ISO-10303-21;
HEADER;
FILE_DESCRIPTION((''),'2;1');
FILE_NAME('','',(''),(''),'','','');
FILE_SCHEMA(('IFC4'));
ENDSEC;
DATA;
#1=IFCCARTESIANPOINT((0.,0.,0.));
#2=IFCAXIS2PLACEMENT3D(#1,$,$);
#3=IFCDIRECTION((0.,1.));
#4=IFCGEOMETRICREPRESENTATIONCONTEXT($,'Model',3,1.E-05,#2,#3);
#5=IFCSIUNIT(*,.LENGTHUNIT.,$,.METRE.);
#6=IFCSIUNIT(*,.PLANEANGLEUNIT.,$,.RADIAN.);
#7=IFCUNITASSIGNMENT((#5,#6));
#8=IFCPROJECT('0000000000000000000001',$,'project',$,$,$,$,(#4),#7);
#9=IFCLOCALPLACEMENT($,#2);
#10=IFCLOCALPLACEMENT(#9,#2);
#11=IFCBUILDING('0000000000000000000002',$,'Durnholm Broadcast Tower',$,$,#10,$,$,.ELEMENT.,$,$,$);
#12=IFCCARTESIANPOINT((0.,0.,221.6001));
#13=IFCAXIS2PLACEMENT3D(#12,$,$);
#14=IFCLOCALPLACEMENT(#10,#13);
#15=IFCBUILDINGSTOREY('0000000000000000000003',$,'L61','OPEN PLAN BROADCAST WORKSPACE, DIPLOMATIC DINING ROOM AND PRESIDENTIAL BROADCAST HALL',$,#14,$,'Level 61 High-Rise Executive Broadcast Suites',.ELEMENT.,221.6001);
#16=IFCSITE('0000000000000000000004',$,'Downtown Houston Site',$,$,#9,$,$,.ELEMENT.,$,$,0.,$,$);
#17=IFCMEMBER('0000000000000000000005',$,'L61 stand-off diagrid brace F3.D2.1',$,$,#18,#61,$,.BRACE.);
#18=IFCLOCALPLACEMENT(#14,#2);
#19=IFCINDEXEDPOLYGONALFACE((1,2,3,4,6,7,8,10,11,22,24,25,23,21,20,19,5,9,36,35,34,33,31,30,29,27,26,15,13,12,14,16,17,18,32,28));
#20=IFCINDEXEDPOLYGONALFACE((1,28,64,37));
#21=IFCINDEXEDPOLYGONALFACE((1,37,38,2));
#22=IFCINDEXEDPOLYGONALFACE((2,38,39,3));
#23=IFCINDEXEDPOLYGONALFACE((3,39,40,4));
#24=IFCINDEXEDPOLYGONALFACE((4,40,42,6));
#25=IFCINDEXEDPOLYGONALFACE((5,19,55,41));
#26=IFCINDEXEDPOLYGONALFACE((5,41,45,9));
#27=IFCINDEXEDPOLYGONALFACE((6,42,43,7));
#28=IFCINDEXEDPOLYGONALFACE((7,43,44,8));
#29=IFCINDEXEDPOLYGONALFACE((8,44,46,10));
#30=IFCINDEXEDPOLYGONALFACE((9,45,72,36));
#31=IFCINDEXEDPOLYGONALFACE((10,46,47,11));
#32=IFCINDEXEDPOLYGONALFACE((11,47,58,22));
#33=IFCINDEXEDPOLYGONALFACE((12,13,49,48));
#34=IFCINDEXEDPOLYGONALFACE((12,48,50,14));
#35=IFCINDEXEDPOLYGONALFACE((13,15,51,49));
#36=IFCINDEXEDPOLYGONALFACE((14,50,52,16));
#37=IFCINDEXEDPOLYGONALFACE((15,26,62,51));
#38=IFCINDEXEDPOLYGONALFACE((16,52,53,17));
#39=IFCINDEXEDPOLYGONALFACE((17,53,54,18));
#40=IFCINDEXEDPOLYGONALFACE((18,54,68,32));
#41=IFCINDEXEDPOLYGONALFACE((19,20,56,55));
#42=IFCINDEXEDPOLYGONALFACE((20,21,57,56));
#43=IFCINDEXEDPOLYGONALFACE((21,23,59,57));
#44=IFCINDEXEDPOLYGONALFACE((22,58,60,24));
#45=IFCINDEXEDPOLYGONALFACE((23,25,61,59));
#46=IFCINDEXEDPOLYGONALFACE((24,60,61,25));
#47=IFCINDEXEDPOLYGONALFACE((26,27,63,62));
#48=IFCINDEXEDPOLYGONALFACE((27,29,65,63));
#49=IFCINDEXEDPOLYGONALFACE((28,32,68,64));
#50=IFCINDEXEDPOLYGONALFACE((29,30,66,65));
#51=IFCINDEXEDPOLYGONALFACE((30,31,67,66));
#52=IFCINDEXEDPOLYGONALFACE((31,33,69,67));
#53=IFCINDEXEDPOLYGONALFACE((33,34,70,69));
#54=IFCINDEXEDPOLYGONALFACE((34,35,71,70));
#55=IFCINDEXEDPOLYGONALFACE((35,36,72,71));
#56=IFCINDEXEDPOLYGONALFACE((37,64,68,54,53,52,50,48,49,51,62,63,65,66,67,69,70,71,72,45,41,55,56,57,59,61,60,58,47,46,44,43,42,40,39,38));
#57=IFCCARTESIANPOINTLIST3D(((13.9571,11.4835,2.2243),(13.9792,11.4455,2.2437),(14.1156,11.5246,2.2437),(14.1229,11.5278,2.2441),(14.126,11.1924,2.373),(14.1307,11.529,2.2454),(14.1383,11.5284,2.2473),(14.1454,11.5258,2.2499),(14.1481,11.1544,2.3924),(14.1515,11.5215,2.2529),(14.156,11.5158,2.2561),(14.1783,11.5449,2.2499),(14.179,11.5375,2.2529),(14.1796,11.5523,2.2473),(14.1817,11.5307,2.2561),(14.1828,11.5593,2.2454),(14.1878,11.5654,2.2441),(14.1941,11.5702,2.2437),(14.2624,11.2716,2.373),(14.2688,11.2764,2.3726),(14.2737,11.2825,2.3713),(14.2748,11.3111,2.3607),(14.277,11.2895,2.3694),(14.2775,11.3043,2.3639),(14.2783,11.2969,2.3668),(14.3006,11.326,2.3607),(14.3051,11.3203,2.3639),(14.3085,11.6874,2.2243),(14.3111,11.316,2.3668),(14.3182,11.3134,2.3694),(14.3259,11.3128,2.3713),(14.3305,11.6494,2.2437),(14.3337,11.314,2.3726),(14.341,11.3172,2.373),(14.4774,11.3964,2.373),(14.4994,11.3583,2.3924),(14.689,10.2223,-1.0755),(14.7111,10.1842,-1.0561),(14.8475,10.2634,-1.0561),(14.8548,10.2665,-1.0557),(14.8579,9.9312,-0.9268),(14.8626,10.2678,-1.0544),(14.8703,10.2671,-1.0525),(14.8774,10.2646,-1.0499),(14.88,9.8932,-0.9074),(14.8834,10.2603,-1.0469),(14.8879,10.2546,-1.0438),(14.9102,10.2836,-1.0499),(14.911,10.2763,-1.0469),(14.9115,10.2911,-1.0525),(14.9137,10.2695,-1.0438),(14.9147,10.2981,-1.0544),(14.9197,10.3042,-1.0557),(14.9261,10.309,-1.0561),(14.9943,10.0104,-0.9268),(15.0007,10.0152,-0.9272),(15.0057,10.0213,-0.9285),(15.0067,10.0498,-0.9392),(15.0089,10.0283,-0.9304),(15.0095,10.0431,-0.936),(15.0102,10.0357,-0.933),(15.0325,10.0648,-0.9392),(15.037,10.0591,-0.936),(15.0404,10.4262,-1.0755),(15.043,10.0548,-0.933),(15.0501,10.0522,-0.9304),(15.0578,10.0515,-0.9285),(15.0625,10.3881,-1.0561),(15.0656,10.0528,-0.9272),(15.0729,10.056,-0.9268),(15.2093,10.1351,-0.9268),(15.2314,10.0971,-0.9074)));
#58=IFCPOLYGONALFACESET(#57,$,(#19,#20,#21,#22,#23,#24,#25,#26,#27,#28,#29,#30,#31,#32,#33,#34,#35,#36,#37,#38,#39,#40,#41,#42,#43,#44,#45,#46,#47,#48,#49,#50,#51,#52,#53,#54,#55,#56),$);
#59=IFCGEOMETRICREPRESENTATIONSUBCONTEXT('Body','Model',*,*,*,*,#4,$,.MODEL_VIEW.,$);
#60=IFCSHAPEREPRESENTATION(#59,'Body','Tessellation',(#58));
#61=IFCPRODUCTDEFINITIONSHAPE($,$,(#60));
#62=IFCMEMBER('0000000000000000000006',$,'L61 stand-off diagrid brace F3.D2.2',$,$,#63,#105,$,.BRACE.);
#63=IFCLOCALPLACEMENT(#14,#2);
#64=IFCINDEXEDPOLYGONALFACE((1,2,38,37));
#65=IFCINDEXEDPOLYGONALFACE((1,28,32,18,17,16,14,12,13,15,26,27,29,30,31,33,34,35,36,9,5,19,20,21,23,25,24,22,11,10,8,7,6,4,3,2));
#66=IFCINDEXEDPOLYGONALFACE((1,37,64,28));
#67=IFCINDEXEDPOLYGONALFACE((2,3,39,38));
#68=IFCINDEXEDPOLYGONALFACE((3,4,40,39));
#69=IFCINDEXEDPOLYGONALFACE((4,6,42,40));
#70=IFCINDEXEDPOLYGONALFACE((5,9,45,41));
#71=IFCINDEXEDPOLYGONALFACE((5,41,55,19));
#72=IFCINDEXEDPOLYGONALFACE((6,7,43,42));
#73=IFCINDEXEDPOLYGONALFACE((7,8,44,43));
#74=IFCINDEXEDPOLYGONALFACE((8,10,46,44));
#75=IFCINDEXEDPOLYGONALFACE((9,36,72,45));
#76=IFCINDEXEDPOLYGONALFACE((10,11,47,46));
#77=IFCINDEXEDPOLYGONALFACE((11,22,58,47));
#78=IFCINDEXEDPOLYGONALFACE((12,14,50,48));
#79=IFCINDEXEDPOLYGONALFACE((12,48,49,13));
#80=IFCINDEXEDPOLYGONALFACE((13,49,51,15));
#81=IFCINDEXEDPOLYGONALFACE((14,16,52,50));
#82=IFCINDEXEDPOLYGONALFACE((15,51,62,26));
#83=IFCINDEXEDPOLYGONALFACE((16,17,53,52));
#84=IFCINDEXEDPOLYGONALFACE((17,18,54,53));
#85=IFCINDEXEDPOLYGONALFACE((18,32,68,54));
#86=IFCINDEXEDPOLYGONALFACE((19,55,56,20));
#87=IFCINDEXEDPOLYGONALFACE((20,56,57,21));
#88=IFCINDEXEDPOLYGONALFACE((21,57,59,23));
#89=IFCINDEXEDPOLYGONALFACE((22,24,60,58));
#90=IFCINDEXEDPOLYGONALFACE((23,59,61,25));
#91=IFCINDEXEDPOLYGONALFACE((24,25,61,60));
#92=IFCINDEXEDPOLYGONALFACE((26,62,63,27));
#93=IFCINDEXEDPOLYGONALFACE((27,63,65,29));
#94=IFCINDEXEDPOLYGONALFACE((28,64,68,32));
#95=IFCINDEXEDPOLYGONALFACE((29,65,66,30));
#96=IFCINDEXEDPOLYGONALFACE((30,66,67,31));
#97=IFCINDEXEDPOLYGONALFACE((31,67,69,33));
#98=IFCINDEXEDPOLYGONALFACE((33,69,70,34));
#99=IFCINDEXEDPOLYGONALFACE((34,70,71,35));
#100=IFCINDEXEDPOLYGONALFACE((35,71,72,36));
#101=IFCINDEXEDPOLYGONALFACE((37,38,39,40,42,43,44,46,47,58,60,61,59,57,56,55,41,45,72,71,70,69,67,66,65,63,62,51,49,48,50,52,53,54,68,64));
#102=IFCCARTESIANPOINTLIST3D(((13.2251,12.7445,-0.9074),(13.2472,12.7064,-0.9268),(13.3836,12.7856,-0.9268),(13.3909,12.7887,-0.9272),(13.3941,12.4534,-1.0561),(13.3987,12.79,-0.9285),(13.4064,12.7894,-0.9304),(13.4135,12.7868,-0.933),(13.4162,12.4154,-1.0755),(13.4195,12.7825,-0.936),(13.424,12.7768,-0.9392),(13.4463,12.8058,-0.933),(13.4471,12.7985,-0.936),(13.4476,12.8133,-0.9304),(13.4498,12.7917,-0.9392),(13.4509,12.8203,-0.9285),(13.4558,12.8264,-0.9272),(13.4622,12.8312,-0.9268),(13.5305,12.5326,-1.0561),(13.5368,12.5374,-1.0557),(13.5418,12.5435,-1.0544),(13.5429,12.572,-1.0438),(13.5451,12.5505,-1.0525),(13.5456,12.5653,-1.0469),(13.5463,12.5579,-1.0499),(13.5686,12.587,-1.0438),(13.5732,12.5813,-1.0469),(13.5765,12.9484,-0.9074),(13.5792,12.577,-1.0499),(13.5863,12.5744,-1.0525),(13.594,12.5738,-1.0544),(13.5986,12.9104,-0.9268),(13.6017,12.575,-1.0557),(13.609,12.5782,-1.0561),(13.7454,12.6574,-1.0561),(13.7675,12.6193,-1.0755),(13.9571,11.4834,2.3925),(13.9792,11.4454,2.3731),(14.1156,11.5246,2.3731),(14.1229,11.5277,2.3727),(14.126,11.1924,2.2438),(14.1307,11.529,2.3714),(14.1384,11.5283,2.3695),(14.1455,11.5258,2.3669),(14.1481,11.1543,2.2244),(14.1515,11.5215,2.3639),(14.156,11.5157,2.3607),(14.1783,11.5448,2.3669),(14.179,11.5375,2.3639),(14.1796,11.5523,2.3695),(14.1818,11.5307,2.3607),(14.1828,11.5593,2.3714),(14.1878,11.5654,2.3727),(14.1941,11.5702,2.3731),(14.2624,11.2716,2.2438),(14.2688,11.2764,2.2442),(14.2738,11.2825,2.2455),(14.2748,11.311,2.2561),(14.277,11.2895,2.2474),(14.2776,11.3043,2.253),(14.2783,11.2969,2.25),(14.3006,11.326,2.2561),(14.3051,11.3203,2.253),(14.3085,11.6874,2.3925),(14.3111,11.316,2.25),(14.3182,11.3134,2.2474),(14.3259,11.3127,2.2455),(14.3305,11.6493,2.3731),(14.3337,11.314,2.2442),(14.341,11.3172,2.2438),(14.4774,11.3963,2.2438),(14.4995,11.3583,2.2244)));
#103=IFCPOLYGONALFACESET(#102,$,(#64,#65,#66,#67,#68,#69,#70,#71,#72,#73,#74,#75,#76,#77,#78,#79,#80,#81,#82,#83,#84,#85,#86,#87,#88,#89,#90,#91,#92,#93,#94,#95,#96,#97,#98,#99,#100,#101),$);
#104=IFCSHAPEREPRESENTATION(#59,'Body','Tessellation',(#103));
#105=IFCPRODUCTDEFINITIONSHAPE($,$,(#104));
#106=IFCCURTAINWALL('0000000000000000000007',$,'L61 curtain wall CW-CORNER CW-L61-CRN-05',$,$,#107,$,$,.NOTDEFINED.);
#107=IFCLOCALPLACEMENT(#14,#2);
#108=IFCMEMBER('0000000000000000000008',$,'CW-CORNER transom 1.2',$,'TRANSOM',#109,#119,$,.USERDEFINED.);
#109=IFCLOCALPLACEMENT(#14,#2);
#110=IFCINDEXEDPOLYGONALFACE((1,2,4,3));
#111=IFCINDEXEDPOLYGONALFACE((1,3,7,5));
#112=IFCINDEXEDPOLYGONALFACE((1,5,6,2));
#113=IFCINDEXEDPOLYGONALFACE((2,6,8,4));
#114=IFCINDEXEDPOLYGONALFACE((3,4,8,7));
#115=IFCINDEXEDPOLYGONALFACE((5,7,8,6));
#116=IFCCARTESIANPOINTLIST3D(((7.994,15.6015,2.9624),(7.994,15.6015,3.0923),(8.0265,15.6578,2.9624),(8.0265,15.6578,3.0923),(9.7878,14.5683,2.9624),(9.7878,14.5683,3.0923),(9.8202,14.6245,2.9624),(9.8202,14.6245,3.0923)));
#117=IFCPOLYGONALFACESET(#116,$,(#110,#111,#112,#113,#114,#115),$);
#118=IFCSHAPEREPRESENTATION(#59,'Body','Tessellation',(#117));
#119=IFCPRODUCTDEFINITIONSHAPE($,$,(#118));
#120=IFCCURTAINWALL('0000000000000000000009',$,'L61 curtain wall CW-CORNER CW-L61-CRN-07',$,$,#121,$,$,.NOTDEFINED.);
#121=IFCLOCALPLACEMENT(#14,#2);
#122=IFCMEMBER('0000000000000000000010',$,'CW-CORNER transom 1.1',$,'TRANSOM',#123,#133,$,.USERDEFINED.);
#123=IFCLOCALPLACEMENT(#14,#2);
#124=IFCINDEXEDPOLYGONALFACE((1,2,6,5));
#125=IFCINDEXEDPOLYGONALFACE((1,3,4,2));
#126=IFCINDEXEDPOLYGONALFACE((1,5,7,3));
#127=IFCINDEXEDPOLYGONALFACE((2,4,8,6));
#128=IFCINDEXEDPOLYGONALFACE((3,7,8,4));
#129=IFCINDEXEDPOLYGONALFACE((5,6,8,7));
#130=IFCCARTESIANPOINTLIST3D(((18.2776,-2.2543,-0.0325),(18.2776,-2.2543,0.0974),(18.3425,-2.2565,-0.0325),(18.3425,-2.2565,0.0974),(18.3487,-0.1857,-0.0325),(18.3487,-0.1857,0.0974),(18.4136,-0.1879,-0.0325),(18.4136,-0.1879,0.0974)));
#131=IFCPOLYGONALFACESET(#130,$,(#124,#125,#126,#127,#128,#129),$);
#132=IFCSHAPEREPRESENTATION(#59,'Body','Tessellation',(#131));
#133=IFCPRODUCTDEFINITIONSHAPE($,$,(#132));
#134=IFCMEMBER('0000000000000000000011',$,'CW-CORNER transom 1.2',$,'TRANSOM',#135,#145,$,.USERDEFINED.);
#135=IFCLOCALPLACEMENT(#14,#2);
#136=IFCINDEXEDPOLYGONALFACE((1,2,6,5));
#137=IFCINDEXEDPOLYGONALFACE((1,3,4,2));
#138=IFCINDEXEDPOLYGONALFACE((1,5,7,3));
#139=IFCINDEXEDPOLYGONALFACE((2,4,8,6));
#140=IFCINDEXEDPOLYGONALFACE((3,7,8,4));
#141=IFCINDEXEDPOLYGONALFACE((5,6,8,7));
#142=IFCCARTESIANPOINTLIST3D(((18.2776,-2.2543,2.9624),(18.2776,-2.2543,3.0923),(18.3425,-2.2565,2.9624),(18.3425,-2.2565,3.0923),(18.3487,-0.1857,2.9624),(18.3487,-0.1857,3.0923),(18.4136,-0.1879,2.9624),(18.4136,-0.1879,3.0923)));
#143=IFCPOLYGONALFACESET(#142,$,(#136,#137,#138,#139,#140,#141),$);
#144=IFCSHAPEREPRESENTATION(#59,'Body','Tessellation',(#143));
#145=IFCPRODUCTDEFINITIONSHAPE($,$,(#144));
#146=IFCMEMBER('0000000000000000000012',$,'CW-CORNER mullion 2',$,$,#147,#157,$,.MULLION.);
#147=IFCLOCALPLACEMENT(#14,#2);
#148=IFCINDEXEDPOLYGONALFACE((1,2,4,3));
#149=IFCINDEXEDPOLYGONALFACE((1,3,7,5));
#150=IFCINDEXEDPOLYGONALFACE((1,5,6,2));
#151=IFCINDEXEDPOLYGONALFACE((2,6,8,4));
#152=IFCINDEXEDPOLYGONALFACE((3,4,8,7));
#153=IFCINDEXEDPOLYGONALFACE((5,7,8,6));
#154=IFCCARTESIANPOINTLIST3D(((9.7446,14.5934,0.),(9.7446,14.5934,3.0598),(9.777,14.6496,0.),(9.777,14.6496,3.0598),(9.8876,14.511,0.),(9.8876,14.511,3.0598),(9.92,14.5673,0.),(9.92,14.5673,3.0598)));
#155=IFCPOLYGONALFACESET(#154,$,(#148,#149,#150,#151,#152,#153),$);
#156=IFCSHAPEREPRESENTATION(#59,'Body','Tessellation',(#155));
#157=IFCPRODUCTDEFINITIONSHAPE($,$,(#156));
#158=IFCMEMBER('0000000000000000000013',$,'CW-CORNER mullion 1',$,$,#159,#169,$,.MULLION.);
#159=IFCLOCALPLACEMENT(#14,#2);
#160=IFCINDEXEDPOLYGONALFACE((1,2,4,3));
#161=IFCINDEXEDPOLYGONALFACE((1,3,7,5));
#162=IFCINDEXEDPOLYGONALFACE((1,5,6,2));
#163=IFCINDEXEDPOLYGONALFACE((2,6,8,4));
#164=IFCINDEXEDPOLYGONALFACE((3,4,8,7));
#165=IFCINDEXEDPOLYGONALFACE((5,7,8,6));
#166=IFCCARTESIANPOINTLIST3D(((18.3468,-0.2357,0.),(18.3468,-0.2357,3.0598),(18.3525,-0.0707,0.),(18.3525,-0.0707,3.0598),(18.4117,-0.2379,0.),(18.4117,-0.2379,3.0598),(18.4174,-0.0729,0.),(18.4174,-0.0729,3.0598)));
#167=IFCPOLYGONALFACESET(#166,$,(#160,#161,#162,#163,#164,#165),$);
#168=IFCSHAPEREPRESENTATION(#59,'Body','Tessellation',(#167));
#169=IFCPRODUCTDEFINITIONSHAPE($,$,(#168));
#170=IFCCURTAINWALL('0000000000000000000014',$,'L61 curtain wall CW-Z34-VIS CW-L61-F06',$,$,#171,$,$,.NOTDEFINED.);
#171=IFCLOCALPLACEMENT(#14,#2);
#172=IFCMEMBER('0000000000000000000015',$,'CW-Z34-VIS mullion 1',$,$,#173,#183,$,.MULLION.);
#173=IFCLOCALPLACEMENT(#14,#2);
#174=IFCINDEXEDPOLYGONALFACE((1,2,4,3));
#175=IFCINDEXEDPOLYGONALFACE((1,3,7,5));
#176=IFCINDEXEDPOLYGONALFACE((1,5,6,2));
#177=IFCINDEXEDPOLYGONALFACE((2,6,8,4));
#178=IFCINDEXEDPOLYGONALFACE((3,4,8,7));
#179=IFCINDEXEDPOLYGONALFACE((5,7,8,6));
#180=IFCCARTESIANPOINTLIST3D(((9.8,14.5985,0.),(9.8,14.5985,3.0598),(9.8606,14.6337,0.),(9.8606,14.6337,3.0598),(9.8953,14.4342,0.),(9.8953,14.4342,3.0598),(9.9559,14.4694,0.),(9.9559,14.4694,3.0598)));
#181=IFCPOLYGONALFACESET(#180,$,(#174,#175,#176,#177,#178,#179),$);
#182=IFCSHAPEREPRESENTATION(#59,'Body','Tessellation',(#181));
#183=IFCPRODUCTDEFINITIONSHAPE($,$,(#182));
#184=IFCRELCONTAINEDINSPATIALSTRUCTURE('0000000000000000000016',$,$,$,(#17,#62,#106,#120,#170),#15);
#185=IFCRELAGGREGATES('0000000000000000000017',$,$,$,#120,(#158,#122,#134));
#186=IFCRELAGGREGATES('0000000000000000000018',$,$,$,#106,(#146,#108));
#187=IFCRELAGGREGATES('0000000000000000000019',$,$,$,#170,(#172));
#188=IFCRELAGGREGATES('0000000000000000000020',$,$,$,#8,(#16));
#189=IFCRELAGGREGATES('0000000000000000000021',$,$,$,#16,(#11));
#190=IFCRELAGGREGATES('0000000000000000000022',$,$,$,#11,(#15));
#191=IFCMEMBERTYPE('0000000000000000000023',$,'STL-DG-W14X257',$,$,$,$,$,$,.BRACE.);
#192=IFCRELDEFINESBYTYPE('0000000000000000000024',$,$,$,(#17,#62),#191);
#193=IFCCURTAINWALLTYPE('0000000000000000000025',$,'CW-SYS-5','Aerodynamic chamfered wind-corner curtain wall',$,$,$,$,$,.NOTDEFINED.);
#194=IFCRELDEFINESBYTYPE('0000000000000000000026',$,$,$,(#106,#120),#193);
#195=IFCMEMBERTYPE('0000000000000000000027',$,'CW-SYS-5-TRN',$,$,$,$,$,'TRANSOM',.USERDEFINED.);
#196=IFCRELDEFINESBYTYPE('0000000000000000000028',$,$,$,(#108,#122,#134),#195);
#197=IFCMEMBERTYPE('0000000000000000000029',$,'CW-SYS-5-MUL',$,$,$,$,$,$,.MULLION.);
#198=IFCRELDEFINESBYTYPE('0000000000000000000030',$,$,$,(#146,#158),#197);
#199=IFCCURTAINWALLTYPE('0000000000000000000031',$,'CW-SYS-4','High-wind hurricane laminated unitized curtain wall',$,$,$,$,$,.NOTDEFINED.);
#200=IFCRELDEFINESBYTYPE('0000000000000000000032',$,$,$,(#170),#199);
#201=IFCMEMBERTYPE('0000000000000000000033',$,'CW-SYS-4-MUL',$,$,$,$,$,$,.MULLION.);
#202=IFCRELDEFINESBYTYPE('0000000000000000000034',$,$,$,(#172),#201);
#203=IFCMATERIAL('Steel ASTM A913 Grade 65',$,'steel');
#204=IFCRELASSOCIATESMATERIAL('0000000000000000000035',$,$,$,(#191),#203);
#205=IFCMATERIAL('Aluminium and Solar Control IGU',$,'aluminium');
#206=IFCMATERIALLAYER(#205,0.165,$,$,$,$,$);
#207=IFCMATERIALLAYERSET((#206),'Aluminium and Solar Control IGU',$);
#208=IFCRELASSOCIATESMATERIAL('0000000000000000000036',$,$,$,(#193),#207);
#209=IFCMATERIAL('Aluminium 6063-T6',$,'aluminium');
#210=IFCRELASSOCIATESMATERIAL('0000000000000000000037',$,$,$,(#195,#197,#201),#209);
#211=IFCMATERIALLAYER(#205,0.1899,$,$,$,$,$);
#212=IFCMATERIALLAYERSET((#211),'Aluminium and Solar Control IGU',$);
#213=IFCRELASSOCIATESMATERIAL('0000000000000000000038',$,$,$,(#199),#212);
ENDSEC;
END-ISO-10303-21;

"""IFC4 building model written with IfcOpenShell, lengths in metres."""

from ifc_helpers import new_model, si_unit, direction, frame, origin, origin_2d, place, context, subcontext, project, spatial, rectangle, i_section, extrude, source, transform, mapped, material, layer, layer_set, material_profile, profile_set, type_object, type_shapes, element, aggregate, save


model = new_model("IFC4")

# Units and contexts
model_context = context("Model", 3, precision=1e-05, world=origin(), true_north=direction((0.0, 1.0)))
body_context = subcontext(model_context, "Body", "Model", "MODEL_VIEW")
ifc_project = project(units=[si_unit("LENGTHUNIT", "METRE"), si_unit("PLANEANGLEUNIT", "RADIAN")], contexts=[model_context])

# Site, building, storey
site_placement = place(None, origin())
site = spatial("IfcSite", under=ifc_project, at=site_placement, Name="Downtown Houston Site", CompositionType="ELEMENT", RefElevation=0.0)
building_placement = place(site_placement, origin())
building = spatial("IfcBuilding", under=site, at=building_placement, Name="Durnholm Broadcast Tower", CompositionType="ELEMENT")
storey_placement = place(building_placement, frame((0.0, 0.0, 221.6001)))
storey = spatial("IfcBuildingStorey", under=building, at=storey_placement, Name="L61", Description="OPEN PLAN BROADCAST WORKSPACE, DIPLOMATIC DINING ROOM AND PRESIDENTIAL BROADCAST HALL", LongName="Level 61 High-Rise Executive Broadcast Suites", CompositionType="ELEMENT", Elevation=221.6001)

# Members
ifc_material_1 = material(Name="Steel ASTM A913 Grade 65", Category="steel")
ifc_material_profile_1 = material_profile(ifc_material_1, i_section(OverallWidth=0.4062, OverallDepth=0.416, WebThickness=0.0298, FlangeThickness=0.0481, FilletRadius=0.0305, at=origin_2d()), Name="W14X257")
ifc_profile_set_1 = profile_set([ifc_material_profile_1], Name="Steel ASTM A913 Grade 65")
member_type_1 = type_object("IfcMemberType", Name="STL-DG-W14X257", PredefinedType="BRACE", material=ifc_profile_set_1)
shared_shape_1 = source(origin(), body_context, "Body", "SweptSolid", [
    extrude(i_section(OverallWidth=0.4062, OverallDepth=0.416, WebThickness=0.0298, FlangeThickness=0.0481, FilletRadius=0.0305, at=origin_2d()), origin(), (0.0, 0.0, 1.0), 3.6077),
])
type_shapes(member_type_1, [shared_shape_1])
for number, where, z_axis, x_axis, name in (
    (1, (14.9602, 10.1597, -0.9915), (-0.202884, 0.349599, 0.914669), (-0.864906, -0.501934, 0.0), "L61 stand-off diagrid brace F3.D2.1"),
    (2, (13.4963, 12.6819, -0.9915), (0.202889, -0.349539, 0.91469), (0.864864, 0.502006, 0.0), "L61 stand-off diagrid brace F3.D2.2"),
):
    element("IfcMember", number, at=place(storey_placement, frame(where, z_axis=z_axis, x_axis=x_axis)), inside=storey, type_object=member_type_1, Name=name, PredefinedType="BRACE", context=body_context, shape_type="MappedRepresentation", body=[
        mapped(shared_shape_1, transform((0.0, 0.0, 0.0), x_axis=(1.0, 0.0, 0.0), y_axis=(0.0, 1.0, 0.0), z_axis=(0.0, 0.0, 1.0), scale=1.0)),
    ])

# Curtain wall, member
ifc_material_2 = material(Name="Aluminium and Solar Control IGU", Category="aluminium")
ifc_layer_1 = layer(ifc_material_2, 0.165)
ifc_layer_set_1 = layer_set([ifc_layer_1], Name="Aluminium and Solar Control IGU")
curtain_wall_type_1 = type_object("IfcCurtainWallType", Name="CW-SYS-5", Description="Aerodynamic chamfered wind-corner curtain wall", PredefinedType="NOTDEFINED", material=ifc_layer_set_1)
curtain_wall_1_placement = place(storey_placement, origin())
curtain_wall_1 = element("IfcCurtainWall", 3, at=curtain_wall_1_placement, inside=storey, type_object=curtain_wall_type_1, Name="L61 curtain wall CW-CORNER CW-L61-CRN-05", PredefinedType="NOTDEFINED")
ifc_material_3 = material(Name="Aluminium 6063-T6", Category="aluminium")
ifc_material_profile_2 = material_profile(ifc_material_3, rectangle(XDim=0.0649, YDim=0.1299, at=origin_2d()), Name="CWT65X130")
ifc_profile_set_2 = profile_set([ifc_material_profile_2], Name="Aluminium 6063-T6")
member_type_2 = type_object("IfcMemberType", Name="CW-SYS-5-TRN", ElementType="TRANSOM", PredefinedType="USERDEFINED", material=ifc_profile_set_2)
shared_shape_2 = source(origin(), body_context, "Body", "SweptSolid", [
    extrude(rectangle(XDim=0.0649, YDim=0.1299, at=origin_2d()), origin(), (0.0, 0.0, 1.0), 2.0701),
])
member_1_placement = place(storey_placement, frame((8.0103, 15.6296, 3.0273), z_axis=(0.866525, -0.499134, 0.0), x_axis=(0.499134, 0.866525, 0.0)))
member_1 = element("IfcMember", 4, at=member_1_placement, type_object=member_type_2, Name="CW-CORNER transom 1.2", ObjectType="TRANSOM", PredefinedType="USERDEFINED", context=body_context, shape_type="MappedRepresentation", body=[
    mapped(shared_shape_2, transform((0.0, 0.0, 0.0), x_axis=(1.0, 0.0, 0.0), y_axis=(0.0, 1.0, 0.0), z_axis=(0.0, 0.0, 1.0), scale=1.0)),
])

# Curtain wall, members
curtain_wall_2_placement = place(storey_placement, origin())
curtain_wall_2 = element("IfcCurtainWall", 5, at=curtain_wall_2_placement, inside=storey, type_object=curtain_wall_type_1, Name="L61 curtain wall CW-CORNER CW-L61-CRN-07", PredefinedType="NOTDEFINED")
shared_shape_3 = source(origin(), body_context, "Body", "SweptSolid", [
    extrude(rectangle(XDim=0.0649, YDim=0.1299, at=origin_2d()), origin(), (0.0, 0.0, 1.0), 2.0698),
])
type_shapes(member_type_2, [shared_shape_2, shared_shape_3])
member_2_placement = place(storey_placement, frame((18.3811, -0.1868, 0.0325), z_axis=(-0.034324, -0.999411, 0.0), x_axis=(0.999411, -0.034324, 0.0)))
member_2 = element("IfcMember", 6, at=member_2_placement, type_object=member_type_2, Name="CW-CORNER transom 1.1", ObjectType="TRANSOM", PredefinedType="USERDEFINED", context=body_context, shape_type="MappedRepresentation", body=[
    mapped(shared_shape_3, transform((0.0, 0.0, 0.0), x_axis=(1.0, 0.0, 0.0), y_axis=(0.0, 1.0, 0.0), z_axis=(0.0, 0.0, 1.0), scale=1.0)),
])
member_3_placement = place(storey_placement, frame((18.3811, -0.1868, 3.0273), z_axis=(-0.034324, -0.999411, 0.0), x_axis=(0.999411, -0.034324, 0.0)))
member_3 = element("IfcMember", 7, at=member_3_placement, type_object=member_type_2, Name="CW-CORNER transom 1.2", ObjectType="TRANSOM", PredefinedType="USERDEFINED", context=body_context, shape_type="MappedRepresentation", body=[
    mapped(shared_shape_3, transform((0.0, 0.0, 0.0), x_axis=(1.0, 0.0, 0.0), y_axis=(0.0, 1.0, 0.0), z_axis=(0.0, 0.0, 1.0), scale=1.0)),
])

# Members
ifc_material_profile_3 = material_profile(ifc_material_3, rectangle(XDim=0.0649, YDim=0.165, at=origin_2d()), Name="CWM65X165")
ifc_profile_set_3 = profile_set([ifc_material_profile_3], Name="Aluminium 6063-T6")
member_type_3 = type_object("IfcMemberType", Name="CW-SYS-5-MUL", PredefinedType="MULLION", material=ifc_profile_set_3)
shared_shape_4 = source(origin(), body_context, "Body", "SweptSolid", [
    extrude(rectangle(XDim=0.0649, YDim=0.165, at=origin_2d()), origin(), (0.0, 0.0, 1.0), 3.0598),
])
type_shapes(member_type_3, [shared_shape_4])
member_4_placement = place(storey_placement, frame((9.8323, 14.5803, 0.0), z_axis=(0.0, 0.0, 1.0), x_axis=(0.499059, 0.866568, 0.0)))
member_4 = element("IfcMember", 8, at=member_4_placement, type_object=member_type_3, Name="CW-CORNER mullion 2", PredefinedType="MULLION", context=body_context, shape_type="MappedRepresentation", body=[
    mapped(shared_shape_4, transform((0.0, 0.0, 0.0), x_axis=(1.0, 0.0, 0.0), y_axis=(0.0, 1.0, 0.0), z_axis=(0.0, 0.0, 1.0), scale=1.0)),
])
member_5_placement = place(storey_placement, frame((18.3821, -0.1543, 0.0), z_axis=(0.0, 0.0, 1.0), x_axis=(0.999411, -0.034318, 0.0)))
member_5 = element("IfcMember", 9, at=member_5_placement, type_object=member_type_3, Name="CW-CORNER mullion 1", PredefinedType="MULLION", context=body_context, shape_type="MappedRepresentation", body=[
    mapped(shared_shape_4, transform((0.0, 0.0, 0.0), x_axis=(1.0, 0.0, 0.0), y_axis=(0.0, 1.0, 0.0), z_axis=(0.0, 0.0, 1.0), scale=1.0)),
])
aggregate(curtain_wall_2, [member_5, member_2, member_3])

# Curtain wall, member
ifc_layer_2 = layer(ifc_material_2, 0.1899)
ifc_layer_set_2 = layer_set([ifc_layer_2], Name="Aluminium and Solar Control IGU")
curtain_wall_type_2 = type_object("IfcCurtainWallType", Name="CW-SYS-4", Description="High-wind hurricane laminated unitized curtain wall", PredefinedType="NOTDEFINED", material=ifc_layer_set_2)
curtain_wall_3_placement = place(storey_placement, origin())
curtain_wall_3 = element("IfcCurtainWall", 10, at=curtain_wall_3_placement, inside=storey, type_object=curtain_wall_type_2, Name="L61 curtain wall CW-Z34-VIS CW-L61-F06", PredefinedType="NOTDEFINED")
ifc_material_profile_4 = material_profile(ifc_material_3, rectangle(XDim=0.0701, YDim=0.1899, at=origin_2d()), Name="CWM70X190")
ifc_profile_set_4 = profile_set([ifc_material_profile_4], Name="Aluminium 6063-T6")
member_type_4 = type_object("IfcMemberType", Name="CW-SYS-4-MUL", PredefinedType="MULLION", material=ifc_profile_set_4)
shared_shape_5 = source(origin(), body_context, "Body", "SweptSolid", [
    extrude(rectangle(XDim=0.0701, YDim=0.1899, at=origin_2d()), origin(), (0.0, 0.0, 1.0), 3.0598),
])
type_shapes(member_type_4, [shared_shape_5])
member_6_placement = place(storey_placement, frame((9.8779, 14.5339, 0.0), z_axis=(0.0, 0.0, 1.0), x_axis=(0.8649, 0.501944, 0.0)))
member_6 = element("IfcMember", 11, at=member_6_placement, type_object=member_type_4, Name="CW-Z34-VIS mullion 1", PredefinedType="MULLION", context=body_context, shape_type="MappedRepresentation", body=[
    mapped(shared_shape_5, transform((0.0, 0.0, 0.0), x_axis=(1.0, 0.0, 0.0), y_axis=(0.0, 1.0, 0.0), z_axis=(0.0, 0.0, 1.0), scale=1.0)),
])

aggregate(curtain_wall_1, [member_4, member_1])
aggregate(curtain_wall_3, [member_6])

save(model, "model.ifc")
